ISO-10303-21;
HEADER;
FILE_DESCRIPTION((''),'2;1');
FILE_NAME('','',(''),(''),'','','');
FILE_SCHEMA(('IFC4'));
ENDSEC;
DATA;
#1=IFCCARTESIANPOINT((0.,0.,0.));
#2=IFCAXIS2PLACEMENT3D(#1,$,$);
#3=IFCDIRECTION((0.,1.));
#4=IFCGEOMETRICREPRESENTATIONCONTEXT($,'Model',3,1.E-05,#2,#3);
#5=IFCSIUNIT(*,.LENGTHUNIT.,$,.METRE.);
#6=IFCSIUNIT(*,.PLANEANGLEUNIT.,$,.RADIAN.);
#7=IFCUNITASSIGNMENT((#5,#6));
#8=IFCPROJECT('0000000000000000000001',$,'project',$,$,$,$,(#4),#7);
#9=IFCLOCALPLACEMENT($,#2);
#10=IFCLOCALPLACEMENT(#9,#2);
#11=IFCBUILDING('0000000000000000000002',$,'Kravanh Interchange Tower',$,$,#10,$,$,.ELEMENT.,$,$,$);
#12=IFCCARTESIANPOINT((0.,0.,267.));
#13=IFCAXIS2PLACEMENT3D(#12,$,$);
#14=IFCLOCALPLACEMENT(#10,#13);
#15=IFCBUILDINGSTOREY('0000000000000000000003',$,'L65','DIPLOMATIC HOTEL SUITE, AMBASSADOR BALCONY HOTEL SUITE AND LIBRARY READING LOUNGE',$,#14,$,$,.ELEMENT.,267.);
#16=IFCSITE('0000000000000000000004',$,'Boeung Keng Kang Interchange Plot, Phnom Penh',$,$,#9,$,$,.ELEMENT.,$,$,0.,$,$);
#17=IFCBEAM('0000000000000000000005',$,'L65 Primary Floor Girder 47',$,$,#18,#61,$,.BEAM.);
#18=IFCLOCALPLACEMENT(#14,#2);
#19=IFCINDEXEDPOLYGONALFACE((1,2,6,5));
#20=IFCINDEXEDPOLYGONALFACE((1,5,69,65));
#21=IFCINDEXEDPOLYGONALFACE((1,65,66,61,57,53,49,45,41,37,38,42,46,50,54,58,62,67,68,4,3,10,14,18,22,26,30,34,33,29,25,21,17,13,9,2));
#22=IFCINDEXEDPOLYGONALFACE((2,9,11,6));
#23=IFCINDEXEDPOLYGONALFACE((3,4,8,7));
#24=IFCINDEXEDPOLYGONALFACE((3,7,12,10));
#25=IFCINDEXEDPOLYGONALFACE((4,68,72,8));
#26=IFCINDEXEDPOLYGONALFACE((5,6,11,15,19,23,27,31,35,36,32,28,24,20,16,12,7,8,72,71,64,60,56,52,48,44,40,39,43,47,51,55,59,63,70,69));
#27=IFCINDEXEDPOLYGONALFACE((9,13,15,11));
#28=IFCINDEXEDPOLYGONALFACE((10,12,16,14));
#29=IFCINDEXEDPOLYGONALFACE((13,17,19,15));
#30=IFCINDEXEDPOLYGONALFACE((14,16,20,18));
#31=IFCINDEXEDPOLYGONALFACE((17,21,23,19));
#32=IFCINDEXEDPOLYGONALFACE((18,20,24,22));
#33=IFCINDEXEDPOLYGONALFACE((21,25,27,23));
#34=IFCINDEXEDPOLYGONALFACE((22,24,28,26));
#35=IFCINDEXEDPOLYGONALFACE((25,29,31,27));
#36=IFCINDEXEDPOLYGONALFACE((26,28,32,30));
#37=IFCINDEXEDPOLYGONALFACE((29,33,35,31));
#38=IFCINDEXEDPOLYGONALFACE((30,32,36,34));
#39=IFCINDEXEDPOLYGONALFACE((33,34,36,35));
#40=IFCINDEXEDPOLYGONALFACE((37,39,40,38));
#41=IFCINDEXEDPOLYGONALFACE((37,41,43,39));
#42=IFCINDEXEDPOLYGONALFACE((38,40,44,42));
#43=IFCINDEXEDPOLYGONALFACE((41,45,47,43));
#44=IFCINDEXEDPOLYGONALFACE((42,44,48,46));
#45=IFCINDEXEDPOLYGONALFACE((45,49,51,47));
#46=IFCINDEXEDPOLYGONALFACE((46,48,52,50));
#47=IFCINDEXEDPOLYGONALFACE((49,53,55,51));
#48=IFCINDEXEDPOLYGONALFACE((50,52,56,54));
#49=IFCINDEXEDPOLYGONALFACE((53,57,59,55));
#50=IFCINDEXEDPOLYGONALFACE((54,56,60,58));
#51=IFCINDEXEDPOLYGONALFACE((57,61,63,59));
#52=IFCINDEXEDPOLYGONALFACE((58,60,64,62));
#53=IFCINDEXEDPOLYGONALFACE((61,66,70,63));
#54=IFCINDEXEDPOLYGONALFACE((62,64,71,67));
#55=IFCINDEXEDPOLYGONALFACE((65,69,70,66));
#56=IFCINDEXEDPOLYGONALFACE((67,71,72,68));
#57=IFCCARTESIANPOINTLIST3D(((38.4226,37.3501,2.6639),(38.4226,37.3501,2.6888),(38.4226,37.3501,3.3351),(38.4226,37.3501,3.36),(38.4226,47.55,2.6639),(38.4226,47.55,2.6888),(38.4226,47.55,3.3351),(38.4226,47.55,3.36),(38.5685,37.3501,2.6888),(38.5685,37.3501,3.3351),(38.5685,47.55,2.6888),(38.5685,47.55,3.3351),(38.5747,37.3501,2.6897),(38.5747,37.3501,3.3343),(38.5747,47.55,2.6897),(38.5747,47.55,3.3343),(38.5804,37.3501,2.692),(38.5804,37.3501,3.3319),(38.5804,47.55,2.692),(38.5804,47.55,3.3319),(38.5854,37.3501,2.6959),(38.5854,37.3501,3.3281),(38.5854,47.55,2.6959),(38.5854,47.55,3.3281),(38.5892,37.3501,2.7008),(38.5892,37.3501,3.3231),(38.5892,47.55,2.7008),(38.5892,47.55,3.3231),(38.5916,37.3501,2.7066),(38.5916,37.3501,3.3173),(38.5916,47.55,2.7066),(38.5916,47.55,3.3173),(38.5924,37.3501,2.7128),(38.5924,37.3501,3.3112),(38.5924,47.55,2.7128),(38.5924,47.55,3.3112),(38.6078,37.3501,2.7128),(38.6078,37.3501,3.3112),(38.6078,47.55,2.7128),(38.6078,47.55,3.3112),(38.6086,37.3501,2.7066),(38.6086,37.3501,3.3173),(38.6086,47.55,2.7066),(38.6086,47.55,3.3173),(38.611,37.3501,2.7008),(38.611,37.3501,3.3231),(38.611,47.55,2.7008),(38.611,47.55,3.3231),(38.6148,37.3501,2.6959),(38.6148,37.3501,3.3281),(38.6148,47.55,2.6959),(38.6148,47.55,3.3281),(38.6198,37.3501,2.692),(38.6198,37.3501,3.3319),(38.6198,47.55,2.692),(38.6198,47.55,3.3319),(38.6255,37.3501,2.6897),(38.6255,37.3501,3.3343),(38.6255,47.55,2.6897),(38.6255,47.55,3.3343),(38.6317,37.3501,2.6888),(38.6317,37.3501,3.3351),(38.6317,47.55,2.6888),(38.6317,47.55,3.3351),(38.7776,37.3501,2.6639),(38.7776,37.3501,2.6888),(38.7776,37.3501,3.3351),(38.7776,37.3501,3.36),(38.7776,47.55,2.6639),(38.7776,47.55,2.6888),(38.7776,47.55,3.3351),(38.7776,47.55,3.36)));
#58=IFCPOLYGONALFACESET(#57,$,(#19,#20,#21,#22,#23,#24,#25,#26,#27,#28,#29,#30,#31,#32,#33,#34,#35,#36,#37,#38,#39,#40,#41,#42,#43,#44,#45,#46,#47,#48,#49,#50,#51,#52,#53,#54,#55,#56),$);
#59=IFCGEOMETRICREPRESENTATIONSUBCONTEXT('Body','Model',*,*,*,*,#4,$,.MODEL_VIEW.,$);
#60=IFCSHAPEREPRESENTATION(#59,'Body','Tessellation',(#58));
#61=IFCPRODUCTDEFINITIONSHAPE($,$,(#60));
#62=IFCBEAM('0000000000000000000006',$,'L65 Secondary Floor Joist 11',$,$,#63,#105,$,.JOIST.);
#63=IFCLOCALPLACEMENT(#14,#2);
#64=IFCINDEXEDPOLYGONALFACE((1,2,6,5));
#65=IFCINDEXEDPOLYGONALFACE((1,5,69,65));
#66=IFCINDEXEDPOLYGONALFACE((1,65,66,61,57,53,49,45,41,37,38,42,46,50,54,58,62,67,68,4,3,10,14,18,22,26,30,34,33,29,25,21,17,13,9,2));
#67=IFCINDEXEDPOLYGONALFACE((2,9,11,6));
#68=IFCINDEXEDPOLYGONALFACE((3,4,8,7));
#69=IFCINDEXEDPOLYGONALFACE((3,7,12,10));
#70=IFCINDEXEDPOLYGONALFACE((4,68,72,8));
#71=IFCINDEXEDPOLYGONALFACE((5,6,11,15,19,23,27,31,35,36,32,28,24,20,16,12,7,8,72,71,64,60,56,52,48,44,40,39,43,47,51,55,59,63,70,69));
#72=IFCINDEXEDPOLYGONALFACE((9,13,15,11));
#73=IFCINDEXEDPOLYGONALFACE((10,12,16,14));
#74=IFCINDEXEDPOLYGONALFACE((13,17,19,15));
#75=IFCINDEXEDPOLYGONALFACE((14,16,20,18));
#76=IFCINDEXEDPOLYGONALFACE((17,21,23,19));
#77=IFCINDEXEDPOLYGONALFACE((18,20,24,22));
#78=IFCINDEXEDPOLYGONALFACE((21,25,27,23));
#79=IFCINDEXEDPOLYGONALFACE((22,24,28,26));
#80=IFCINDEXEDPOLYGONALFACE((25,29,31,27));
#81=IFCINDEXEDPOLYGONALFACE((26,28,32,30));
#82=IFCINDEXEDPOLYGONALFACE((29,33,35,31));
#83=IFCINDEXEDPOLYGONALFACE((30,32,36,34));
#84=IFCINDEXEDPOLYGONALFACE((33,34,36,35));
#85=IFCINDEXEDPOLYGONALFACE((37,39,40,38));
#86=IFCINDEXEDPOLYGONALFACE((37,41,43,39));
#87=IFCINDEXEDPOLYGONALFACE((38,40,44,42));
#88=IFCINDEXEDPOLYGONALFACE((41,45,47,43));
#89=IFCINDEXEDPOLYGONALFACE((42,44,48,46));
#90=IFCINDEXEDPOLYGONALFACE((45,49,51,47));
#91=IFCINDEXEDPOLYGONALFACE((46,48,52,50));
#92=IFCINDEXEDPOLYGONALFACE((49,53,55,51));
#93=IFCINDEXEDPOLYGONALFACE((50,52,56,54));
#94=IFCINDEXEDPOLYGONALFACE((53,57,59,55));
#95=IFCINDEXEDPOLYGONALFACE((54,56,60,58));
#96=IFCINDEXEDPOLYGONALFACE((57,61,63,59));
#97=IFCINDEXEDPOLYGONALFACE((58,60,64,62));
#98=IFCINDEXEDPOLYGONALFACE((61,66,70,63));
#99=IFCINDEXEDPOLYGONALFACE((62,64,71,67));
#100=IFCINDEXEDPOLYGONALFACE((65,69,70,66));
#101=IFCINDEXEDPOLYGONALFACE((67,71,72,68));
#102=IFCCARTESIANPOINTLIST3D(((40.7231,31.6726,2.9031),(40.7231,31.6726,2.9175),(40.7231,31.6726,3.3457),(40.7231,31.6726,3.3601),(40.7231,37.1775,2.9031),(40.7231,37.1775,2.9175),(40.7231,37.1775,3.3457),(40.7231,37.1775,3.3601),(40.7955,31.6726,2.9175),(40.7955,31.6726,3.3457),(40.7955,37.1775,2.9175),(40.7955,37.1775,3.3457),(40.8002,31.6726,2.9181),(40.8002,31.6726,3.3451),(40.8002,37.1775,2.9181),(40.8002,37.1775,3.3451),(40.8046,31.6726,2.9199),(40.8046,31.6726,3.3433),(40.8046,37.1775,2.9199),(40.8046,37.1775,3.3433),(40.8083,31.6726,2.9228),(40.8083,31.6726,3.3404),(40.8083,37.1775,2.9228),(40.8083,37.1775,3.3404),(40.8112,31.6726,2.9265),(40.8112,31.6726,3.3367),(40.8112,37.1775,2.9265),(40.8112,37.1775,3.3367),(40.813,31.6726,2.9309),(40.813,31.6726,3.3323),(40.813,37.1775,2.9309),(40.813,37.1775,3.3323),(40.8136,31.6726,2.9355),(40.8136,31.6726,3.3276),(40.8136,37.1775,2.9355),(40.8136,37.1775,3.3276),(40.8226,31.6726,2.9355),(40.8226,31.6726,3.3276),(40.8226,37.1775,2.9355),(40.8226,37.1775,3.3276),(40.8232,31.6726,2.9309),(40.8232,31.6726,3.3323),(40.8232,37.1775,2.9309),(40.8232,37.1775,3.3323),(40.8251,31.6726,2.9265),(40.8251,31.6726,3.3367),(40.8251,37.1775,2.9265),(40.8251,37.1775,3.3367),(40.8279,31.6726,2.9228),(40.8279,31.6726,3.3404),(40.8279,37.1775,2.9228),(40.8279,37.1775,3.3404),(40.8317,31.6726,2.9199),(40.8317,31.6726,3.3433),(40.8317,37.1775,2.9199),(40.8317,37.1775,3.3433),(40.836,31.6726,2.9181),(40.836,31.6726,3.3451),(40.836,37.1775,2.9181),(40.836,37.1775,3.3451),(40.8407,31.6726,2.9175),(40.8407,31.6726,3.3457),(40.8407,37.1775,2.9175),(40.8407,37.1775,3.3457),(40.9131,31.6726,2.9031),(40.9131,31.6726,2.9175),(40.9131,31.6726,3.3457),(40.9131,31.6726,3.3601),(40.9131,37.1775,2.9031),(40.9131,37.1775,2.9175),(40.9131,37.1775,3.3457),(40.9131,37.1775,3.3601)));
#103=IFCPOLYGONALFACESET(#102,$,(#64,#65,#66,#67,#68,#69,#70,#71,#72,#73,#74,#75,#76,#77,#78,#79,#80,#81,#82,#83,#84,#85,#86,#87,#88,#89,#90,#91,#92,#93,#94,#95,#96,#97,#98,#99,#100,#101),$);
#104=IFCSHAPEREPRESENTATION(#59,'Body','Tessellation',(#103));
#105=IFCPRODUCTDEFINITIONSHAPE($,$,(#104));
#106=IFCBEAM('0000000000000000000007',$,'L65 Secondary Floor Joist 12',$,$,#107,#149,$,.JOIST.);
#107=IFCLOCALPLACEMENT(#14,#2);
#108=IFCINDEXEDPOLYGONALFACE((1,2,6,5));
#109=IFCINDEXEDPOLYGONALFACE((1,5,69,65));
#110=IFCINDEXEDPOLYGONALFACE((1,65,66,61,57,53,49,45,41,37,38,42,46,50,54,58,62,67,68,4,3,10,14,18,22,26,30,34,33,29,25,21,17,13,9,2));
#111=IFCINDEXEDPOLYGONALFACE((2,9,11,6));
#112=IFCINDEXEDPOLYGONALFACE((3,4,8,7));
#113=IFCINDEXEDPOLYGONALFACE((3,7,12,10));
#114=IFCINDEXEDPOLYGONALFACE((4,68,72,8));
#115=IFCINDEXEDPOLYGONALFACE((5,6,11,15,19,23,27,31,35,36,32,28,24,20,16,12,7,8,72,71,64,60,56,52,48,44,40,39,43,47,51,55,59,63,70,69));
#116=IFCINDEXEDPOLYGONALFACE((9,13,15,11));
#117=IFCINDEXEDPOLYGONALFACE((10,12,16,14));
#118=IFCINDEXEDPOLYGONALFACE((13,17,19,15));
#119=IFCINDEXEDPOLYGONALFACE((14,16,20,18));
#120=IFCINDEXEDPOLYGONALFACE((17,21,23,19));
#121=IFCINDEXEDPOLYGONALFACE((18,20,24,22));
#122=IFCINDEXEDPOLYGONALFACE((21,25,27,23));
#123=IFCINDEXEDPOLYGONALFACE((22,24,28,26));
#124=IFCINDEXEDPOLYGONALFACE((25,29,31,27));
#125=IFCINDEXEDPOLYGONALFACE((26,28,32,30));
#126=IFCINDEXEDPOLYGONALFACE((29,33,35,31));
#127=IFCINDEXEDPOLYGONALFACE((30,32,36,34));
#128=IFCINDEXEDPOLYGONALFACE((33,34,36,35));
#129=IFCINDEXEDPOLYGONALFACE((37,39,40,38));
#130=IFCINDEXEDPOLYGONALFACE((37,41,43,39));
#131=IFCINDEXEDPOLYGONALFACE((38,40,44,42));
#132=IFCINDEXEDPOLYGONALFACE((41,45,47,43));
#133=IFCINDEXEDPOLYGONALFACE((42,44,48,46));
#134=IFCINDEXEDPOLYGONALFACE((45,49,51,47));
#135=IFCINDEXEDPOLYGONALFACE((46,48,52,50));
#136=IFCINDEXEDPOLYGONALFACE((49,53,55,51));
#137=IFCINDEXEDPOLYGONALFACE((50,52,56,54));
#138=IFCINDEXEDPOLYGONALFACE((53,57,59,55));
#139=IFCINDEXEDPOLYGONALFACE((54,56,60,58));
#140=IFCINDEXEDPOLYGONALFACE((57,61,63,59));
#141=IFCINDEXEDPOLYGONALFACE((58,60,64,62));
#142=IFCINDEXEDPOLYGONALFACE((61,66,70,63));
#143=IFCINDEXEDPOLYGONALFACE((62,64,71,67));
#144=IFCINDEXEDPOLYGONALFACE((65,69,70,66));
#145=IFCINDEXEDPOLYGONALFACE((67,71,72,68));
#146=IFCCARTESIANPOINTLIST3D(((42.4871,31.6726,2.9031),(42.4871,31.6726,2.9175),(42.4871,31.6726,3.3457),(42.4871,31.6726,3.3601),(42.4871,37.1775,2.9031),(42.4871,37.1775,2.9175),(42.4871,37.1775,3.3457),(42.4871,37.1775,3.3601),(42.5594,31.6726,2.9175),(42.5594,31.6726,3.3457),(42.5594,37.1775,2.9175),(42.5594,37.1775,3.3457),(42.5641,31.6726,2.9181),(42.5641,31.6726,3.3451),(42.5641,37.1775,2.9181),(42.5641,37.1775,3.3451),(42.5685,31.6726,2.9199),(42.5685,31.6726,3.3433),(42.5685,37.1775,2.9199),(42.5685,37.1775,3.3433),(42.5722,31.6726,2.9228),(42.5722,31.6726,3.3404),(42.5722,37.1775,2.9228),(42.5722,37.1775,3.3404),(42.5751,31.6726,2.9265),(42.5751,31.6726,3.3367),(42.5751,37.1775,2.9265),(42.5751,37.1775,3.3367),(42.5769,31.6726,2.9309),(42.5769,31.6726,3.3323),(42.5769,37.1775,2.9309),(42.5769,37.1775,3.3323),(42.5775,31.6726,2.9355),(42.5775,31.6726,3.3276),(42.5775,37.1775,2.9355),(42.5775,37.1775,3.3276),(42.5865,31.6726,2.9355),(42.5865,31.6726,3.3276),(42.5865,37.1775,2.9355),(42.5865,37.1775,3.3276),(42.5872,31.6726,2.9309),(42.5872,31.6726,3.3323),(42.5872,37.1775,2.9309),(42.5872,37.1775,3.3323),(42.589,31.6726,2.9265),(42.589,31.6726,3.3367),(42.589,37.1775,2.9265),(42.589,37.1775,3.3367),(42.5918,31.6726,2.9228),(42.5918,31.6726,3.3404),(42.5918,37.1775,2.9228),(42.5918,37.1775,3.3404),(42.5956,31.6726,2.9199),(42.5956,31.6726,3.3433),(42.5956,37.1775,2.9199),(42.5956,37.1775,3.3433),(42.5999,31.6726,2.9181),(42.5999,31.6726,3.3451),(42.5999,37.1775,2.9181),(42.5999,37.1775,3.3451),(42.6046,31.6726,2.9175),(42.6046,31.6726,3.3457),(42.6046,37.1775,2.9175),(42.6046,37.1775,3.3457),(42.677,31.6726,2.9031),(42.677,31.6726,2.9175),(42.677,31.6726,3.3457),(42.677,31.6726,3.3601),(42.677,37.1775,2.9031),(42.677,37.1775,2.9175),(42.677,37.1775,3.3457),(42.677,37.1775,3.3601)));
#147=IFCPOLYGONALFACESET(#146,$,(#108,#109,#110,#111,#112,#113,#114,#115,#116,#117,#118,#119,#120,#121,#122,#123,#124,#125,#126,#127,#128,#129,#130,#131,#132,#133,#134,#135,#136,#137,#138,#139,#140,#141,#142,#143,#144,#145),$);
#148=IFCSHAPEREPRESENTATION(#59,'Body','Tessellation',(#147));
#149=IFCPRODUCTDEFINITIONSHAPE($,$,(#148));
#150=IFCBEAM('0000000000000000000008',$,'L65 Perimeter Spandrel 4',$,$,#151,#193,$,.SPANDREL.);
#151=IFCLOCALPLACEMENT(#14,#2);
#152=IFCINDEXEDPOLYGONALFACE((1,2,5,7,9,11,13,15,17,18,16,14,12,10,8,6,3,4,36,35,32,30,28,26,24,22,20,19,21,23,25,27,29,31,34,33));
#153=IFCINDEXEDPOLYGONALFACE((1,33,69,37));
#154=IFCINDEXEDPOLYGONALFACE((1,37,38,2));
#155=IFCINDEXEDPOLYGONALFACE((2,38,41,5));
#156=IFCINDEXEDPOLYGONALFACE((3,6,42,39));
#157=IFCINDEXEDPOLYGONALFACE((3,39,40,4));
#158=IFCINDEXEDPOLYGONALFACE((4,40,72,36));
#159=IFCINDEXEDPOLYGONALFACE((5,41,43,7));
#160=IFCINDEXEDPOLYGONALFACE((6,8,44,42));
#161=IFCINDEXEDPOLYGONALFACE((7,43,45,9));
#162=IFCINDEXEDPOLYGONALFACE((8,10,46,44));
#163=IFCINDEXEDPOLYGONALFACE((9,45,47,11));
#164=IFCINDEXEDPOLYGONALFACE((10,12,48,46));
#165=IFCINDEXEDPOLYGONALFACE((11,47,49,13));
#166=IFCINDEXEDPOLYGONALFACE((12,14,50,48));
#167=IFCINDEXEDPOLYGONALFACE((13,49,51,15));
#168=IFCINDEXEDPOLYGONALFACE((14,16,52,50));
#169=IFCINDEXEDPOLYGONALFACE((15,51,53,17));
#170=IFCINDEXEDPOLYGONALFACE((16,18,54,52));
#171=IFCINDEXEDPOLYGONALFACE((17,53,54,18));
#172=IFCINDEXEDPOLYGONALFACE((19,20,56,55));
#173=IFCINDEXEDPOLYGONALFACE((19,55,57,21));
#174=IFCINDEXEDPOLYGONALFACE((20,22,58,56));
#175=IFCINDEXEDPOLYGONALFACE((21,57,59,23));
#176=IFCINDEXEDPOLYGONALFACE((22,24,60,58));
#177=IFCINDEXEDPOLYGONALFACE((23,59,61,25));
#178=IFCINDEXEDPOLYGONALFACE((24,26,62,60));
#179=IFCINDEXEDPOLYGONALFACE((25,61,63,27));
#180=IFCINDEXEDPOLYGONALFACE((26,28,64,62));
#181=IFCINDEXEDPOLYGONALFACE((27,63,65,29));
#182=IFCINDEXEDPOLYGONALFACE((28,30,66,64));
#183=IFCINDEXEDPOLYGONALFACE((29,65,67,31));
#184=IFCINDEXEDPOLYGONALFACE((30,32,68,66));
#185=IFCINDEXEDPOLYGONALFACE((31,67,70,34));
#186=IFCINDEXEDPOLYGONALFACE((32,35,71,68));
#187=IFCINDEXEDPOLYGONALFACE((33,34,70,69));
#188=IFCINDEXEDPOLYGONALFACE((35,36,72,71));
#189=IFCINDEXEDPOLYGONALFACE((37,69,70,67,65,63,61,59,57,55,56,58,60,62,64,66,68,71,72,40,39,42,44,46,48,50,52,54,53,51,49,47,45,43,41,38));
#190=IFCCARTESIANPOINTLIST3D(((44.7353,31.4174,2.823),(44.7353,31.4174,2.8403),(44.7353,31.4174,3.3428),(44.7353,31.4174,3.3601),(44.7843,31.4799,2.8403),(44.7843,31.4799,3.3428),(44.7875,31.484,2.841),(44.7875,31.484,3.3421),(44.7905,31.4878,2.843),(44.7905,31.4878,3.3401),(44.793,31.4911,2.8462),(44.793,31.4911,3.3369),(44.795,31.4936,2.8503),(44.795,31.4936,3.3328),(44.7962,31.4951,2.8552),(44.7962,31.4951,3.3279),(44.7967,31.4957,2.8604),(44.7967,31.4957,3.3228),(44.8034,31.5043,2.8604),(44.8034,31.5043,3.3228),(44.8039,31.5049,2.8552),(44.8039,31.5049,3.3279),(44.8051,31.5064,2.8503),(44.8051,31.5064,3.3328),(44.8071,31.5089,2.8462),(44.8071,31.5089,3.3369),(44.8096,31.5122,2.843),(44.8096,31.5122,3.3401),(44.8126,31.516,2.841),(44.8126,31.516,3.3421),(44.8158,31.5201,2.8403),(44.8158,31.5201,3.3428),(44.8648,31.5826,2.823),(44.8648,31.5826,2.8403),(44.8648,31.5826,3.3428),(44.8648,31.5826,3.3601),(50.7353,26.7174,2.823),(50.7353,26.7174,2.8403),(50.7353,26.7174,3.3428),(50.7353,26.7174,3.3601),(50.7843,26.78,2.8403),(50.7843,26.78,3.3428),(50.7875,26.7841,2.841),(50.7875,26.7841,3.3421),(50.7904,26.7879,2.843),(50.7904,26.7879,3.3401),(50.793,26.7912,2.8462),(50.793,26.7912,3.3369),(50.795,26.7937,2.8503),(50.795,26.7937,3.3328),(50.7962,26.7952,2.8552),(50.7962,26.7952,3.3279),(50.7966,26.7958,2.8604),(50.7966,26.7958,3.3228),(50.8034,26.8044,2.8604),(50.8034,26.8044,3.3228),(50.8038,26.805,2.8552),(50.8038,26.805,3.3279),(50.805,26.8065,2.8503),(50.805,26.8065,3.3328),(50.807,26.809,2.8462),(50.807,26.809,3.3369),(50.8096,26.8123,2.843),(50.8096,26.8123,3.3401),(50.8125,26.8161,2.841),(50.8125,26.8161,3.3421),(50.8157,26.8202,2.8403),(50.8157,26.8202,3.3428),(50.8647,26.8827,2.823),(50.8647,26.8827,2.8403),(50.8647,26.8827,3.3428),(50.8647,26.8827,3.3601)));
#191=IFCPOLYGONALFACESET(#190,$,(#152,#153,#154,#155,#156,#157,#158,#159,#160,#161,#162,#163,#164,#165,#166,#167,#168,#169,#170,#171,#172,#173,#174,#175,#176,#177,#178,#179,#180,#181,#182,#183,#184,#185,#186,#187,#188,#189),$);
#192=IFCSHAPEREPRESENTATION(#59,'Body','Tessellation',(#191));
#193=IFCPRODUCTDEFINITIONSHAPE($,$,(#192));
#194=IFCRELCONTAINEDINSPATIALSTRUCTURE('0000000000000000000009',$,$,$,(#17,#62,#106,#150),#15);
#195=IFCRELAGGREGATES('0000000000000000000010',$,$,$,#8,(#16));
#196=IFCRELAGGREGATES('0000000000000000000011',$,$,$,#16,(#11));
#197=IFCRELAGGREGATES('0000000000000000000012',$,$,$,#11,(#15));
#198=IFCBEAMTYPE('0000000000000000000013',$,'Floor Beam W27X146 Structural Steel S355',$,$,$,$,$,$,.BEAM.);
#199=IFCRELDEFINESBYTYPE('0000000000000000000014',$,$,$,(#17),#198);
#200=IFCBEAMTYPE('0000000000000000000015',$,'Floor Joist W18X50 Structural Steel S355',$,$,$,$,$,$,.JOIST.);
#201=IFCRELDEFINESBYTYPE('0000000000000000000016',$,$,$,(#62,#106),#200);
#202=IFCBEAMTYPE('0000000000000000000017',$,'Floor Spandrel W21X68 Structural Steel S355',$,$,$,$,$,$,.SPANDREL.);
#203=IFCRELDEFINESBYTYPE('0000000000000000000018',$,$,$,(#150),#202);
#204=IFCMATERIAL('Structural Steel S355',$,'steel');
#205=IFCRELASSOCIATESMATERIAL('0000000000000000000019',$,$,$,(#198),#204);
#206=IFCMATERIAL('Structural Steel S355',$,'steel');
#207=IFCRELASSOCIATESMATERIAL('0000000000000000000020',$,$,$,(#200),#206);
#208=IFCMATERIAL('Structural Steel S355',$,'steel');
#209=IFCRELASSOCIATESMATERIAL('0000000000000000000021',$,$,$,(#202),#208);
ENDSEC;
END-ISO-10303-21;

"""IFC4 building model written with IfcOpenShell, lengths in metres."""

from ifc_helpers import new_model, si_unit, direction, frame, origin, origin_2d, place, context, subcontext, project, spatial, i_section, extrude, material, material_profile, profile_set, type_object, element, save


model = new_model("IFC4")

# Units and contexts
model_context = context("Model", 3, precision=1e-05, world=origin(), true_north=direction((0.0, 1.0)))
body_context = subcontext(model_context, "Body", "Model", "MODEL_VIEW")
ifc_project = project(units=[si_unit("LENGTHUNIT", "METRE"), si_unit("PLANEANGLEUNIT", "RADIAN")], contexts=[model_context])

# Site, building, storey
site_placement = place(None, origin())
site = spatial("IfcSite", under=ifc_project, at=site_placement, Name="Boeung Keng Kang Interchange Plot, Phnom Penh", CompositionType="ELEMENT", RefElevation=0.0)
building_placement = place(site_placement, origin())
building = spatial("IfcBuilding", under=site, at=building_placement, Name="Kravanh Interchange Tower", CompositionType="ELEMENT")
storey_placement = place(building_placement, frame((0.0, 0.0, 267.0)))
storey = spatial("IfcBuildingStorey", under=building, at=storey_placement, Name="L65", Description="DIPLOMATIC HOTEL SUITE, AMBASSADOR BALCONY HOTEL SUITE AND LIBRARY READING LOUNGE", CompositionType="ELEMENT", Elevation=267.0)

# Beams
ifc_material_1 = material(Name="Structural Steel S355", Category="steel")
ifc_material_profile_1 = material_profile(ifc_material_1, i_section(OverallWidth=0.355, OverallDepth=0.696, WebThickness=0.0154, FlangeThickness=0.0249, FilletRadius=0.0239, at=origin_2d()), Name="W27X146")
ifc_profile_set_1 = profile_set([ifc_material_profile_1], Name="Structural Steel S355")
beam_type_1 = type_object("IfcBeamType", Name="Floor Beam W27X146 Structural Steel S355", PredefinedType="BEAM", material=ifc_profile_set_1)
beam_1_placement = place(storey_placement, frame((38.6001, 37.3501, 3.012), z_axis=(0.0, 1.0, 0.0), x_axis=(-1.0, 0.0, 0.0)))
element("IfcBeam", 1, at=beam_1_placement, inside=storey, type_object=beam_type_1, Name="L65 Primary Floor Girder 47", PredefinedType="BEAM", context=body_context, shape_type="SweptSolid", body=[
    extrude(i_section(OverallWidth=0.355, OverallDepth=0.696, WebThickness=0.0154, FlangeThickness=0.0249, FilletRadius=0.0239, at=origin_2d()), origin(), (0.0, 0.0, 1.0), 10.2),
])
ifc_material_2 = material(Name="Structural Steel S355", Category="steel")
ifc_material_profile_2 = material_profile(ifc_material_2, i_section(OverallWidth=0.1899, OverallDepth=0.457, WebThickness=0.009, FlangeThickness=0.0144, FilletRadius=0.0181, at=origin_2d()), Name="W18X50")
ifc_profile_set_2 = profile_set([ifc_material_profile_2], Name="Structural Steel S355")
beam_type_2 = type_object("IfcBeamType", Name="Floor Joist W18X50 Structural Steel S355", PredefinedType="JOIST", material=ifc_profile_set_2)
for number, where, z_axis, x_axis, name in (
    (2, (40.8181, 31.6726, 3.1316), (0.0, 1.0, 0.0), (-1.0, 0.0, 0.0), "L65 Secondary Floor Joist 11"),
    (3, (42.582, 31.6726, 3.1316), (0.0, 1.0, 0.0), (-1.0, 0.0, 0.0), "L65 Secondary Floor Joist 12"),
):
    element("IfcBeam", number, at=place(storey_placement, frame(where, z_axis=z_axis, x_axis=x_axis)), inside=storey, type_object=beam_type_2, Name=name, PredefinedType="JOIST", context=body_context, shape_type="SweptSolid", body=[
        extrude(i_section(OverallWidth=0.1899, OverallDepth=0.457, WebThickness=0.009, FlangeThickness=0.0144, FilletRadius=0.0181, at=origin_2d()), origin(), (0.0, 0.0, 1.0), 5.5049),
    ])
ifc_material_3 = material(Name="Structural Steel S355", Category="steel")
ifc_material_profile_3 = material_profile(ifc_material_3, i_section(OverallWidth=0.21, OverallDepth=0.5371, WebThickness=0.011, FlangeThickness=0.0173, FilletRadius=0.02, at=origin_2d()), Name="W21X68")
ifc_profile_set_3 = profile_set([ifc_material_profile_3], Name="Structural Steel S355")
beam_type_3 = type_object("IfcBeamType", Name="Floor Spandrel W21X68 Structural Steel S355", PredefinedType="SPANDREL", material=ifc_profile_set_3)
beam_2_placement = place(storey_placement, frame((44.8, 31.5, 3.0916), z_axis=(0.787231, -0.616658, 0.0), x_axis=(0.616658, 0.787231, 0.0)))
element("IfcBeam", 4, at=beam_2_placement, inside=storey, type_object=beam_type_3, Name="L65 Perimeter Spandrel 4", PredefinedType="SPANDREL", context=body_context, shape_type="SweptSolid", body=[
    extrude(i_section(OverallWidth=0.21, OverallDepth=0.5371, WebThickness=0.011, FlangeThickness=0.0173, FilletRadius=0.02, at=origin_2d()), origin(), (0.0, 0.0, 1.0), 7.6216),
])

save(model, "model.ifc")
